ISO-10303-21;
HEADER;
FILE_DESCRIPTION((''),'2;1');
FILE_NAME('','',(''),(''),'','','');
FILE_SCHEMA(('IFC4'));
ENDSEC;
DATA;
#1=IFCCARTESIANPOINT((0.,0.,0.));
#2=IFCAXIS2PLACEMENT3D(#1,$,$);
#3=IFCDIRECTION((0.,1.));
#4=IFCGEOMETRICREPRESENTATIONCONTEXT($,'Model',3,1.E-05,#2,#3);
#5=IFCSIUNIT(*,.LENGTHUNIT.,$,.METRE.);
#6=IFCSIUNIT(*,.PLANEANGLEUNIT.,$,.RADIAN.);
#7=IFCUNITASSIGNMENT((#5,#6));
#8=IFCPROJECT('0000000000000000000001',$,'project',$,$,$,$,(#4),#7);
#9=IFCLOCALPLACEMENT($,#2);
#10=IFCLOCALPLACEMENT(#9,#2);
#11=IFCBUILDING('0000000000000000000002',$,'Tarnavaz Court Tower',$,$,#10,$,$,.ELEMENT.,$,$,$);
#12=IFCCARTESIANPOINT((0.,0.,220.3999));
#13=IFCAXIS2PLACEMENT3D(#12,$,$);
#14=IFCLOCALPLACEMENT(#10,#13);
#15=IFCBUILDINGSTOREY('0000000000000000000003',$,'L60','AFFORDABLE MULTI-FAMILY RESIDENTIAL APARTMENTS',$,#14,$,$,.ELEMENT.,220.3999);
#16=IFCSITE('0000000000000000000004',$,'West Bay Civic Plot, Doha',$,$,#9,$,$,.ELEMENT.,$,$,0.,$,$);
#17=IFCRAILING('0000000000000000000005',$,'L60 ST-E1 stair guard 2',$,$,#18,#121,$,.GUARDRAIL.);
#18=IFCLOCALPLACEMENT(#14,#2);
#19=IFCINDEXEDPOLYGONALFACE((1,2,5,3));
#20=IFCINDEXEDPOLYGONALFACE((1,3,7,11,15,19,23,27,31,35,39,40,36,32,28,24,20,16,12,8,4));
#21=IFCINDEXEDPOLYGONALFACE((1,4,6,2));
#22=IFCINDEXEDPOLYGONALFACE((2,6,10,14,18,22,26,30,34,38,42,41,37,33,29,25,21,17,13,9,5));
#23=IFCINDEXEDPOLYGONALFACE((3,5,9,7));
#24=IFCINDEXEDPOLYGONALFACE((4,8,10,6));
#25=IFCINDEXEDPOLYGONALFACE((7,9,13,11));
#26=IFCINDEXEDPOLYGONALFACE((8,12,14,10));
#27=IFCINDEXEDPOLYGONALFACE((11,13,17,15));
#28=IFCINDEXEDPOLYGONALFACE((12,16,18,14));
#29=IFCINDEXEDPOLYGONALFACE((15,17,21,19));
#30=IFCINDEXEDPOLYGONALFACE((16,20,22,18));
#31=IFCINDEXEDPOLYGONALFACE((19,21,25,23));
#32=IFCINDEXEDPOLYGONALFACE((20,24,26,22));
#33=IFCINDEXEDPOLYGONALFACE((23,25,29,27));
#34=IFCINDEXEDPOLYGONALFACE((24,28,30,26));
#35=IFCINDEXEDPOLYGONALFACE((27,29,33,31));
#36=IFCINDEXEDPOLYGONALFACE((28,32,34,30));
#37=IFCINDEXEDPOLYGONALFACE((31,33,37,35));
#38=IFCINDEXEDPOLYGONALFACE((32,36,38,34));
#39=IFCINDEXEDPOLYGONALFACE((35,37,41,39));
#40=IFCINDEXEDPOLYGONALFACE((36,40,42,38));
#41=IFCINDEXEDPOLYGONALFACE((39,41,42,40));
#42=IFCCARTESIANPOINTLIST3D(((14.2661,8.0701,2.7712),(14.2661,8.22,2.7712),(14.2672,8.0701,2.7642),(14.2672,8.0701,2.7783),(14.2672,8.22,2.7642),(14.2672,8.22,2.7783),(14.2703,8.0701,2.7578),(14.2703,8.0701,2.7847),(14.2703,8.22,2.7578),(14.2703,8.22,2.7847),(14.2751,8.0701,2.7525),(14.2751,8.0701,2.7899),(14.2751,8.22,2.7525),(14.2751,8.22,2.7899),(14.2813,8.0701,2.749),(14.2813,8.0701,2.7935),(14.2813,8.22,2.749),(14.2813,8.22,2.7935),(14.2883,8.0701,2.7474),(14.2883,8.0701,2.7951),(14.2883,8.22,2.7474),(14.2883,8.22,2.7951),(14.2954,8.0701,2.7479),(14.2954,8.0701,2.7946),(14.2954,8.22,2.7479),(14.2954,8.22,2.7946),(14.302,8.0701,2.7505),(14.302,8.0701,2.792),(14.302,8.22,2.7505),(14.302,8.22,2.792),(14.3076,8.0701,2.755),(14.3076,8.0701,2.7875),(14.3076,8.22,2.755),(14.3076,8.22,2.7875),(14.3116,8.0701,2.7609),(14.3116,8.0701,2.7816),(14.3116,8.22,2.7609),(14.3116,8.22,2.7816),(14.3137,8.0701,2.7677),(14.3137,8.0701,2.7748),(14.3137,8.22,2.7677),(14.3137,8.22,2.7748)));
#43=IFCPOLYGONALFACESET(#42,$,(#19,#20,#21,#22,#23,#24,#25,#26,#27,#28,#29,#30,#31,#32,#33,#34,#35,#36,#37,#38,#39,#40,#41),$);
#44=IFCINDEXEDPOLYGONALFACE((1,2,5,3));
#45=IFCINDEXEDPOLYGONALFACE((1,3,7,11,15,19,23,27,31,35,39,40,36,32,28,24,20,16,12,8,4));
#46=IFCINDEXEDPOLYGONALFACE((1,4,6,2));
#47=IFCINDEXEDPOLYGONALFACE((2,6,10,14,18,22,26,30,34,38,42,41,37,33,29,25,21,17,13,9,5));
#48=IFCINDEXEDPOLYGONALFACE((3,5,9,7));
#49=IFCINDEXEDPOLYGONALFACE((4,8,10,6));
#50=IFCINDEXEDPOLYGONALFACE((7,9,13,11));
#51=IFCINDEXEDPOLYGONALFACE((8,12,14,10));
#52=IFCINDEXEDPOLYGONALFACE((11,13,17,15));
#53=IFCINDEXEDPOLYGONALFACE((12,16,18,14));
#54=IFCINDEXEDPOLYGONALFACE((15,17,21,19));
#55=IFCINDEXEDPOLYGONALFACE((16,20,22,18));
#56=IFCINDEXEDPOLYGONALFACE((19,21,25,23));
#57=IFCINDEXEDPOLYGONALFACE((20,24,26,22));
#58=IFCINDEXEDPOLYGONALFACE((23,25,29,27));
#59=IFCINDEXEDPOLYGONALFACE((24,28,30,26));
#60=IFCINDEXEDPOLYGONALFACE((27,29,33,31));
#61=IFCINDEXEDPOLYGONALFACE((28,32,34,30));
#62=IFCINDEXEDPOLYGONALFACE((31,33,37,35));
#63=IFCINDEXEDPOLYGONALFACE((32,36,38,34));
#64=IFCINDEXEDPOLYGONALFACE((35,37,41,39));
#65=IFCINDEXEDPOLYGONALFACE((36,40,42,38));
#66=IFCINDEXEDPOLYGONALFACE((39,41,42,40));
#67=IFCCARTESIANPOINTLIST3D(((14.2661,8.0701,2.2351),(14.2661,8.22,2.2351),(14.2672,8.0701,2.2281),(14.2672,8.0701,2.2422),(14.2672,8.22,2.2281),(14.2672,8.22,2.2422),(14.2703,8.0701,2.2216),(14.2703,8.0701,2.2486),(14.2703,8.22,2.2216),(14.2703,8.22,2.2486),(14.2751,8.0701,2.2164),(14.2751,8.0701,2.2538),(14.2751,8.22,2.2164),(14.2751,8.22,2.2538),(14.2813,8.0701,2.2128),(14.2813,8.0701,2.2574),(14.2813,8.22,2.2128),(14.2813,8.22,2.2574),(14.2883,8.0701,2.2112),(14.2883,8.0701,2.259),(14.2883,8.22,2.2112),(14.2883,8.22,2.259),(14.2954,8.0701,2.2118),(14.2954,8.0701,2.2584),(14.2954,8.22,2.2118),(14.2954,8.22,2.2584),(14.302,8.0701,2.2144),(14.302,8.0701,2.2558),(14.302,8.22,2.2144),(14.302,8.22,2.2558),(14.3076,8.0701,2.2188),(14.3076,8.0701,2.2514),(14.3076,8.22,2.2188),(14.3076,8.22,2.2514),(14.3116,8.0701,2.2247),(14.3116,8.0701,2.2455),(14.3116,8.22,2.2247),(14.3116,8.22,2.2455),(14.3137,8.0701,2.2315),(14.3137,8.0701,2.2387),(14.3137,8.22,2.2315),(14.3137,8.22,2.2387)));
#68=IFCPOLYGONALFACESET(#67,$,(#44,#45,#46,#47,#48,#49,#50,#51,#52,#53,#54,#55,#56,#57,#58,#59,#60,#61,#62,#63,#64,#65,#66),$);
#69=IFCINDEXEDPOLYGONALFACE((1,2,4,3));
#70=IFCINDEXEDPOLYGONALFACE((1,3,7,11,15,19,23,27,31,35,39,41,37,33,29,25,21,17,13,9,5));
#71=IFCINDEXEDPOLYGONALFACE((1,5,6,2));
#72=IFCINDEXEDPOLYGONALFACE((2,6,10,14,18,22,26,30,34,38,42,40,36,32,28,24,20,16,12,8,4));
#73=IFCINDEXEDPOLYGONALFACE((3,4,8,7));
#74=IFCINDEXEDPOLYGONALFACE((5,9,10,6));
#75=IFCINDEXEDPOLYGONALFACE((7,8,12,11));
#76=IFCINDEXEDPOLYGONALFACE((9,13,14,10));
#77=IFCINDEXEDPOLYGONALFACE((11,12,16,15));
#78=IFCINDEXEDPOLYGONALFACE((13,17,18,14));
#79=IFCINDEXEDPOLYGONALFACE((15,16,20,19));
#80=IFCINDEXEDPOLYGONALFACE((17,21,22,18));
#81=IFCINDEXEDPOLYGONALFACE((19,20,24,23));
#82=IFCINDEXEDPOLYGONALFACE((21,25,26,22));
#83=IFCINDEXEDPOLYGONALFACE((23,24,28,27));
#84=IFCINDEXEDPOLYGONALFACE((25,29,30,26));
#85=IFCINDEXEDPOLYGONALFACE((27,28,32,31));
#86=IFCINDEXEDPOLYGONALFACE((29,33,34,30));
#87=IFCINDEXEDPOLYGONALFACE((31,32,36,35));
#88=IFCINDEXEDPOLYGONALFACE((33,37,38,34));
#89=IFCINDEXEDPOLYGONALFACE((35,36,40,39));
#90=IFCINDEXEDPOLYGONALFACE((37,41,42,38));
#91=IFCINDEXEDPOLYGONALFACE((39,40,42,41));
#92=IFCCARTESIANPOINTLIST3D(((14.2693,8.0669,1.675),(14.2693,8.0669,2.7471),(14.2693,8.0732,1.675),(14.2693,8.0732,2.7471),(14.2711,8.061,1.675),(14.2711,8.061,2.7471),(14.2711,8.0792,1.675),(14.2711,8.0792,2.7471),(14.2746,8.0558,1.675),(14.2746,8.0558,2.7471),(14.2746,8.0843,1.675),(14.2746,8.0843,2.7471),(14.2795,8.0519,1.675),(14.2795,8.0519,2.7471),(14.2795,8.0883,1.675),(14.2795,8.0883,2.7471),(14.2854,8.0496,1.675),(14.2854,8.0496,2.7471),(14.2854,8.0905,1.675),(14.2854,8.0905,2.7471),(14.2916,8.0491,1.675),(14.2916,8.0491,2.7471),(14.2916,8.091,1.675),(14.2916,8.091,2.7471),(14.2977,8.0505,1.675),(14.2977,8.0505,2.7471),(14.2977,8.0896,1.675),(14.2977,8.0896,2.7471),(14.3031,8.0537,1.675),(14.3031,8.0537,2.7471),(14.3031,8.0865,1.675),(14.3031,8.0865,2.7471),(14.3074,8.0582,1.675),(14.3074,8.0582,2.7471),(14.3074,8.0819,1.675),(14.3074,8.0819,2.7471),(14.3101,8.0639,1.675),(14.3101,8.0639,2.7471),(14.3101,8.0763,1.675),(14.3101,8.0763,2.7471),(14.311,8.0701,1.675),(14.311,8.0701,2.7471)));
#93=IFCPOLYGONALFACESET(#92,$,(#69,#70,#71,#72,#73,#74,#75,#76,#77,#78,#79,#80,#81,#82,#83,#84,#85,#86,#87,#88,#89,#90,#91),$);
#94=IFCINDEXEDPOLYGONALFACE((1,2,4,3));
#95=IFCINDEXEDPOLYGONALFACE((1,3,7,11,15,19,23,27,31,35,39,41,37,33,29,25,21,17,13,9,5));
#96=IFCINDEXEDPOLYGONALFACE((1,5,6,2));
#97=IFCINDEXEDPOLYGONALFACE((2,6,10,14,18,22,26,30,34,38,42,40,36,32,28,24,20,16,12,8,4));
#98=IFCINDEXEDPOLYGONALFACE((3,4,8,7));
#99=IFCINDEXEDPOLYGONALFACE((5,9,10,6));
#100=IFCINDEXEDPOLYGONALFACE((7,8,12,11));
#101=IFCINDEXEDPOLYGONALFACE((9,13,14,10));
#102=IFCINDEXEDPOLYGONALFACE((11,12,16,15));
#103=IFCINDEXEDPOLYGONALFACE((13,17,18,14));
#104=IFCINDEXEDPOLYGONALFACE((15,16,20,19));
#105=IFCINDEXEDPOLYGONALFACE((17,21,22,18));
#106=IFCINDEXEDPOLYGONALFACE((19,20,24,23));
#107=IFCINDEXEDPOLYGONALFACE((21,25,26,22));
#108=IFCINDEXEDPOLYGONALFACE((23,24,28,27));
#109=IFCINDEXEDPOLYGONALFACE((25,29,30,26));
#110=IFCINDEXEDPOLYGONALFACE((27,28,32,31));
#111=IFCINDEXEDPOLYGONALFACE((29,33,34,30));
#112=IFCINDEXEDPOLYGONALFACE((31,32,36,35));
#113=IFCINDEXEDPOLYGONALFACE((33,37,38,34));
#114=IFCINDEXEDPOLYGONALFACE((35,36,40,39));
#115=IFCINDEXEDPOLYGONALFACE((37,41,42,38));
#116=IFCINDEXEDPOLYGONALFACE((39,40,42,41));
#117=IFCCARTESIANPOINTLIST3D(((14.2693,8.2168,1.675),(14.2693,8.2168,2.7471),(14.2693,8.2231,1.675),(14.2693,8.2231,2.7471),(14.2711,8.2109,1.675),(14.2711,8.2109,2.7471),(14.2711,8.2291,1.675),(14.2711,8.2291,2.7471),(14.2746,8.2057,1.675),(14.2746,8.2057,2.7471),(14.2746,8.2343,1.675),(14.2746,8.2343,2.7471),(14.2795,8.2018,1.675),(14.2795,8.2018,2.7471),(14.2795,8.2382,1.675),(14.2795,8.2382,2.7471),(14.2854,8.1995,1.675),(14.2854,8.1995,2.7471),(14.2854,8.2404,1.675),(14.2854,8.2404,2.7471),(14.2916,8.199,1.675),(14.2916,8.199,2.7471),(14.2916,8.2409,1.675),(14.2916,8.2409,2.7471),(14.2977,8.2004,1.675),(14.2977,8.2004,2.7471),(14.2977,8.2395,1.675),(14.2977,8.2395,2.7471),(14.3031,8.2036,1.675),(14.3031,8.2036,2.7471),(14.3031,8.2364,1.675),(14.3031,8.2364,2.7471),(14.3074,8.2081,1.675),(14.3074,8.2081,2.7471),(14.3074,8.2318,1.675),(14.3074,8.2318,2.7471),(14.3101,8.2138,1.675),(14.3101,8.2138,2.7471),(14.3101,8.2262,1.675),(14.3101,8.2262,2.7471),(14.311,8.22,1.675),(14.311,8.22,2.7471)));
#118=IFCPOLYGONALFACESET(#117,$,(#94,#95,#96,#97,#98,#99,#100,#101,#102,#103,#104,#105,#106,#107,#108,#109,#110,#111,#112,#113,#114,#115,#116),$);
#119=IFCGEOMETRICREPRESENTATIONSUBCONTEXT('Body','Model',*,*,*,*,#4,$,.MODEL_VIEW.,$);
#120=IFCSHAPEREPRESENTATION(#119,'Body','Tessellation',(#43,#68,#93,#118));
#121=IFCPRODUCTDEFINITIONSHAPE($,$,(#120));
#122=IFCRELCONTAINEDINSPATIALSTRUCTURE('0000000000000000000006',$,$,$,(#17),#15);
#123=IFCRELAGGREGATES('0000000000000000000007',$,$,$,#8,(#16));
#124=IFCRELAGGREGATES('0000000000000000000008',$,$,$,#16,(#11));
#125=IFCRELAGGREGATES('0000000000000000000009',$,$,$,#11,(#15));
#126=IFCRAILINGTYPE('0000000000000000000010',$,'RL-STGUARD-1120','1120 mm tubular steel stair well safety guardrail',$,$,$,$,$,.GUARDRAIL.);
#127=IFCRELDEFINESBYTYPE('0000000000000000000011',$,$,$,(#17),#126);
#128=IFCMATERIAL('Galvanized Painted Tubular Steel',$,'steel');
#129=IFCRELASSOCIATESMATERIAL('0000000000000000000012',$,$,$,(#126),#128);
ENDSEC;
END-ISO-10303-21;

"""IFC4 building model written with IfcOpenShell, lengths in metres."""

from ifc_helpers import new_model, si_unit, direction, frame, origin, origin_2d, place, context, subcontext, project, spatial, circle, extrude, material, type_object, element, save


model = new_model("IFC4")

# Units and contexts
model_context = context("Model", 3, precision=1e-05, world=origin(), true_north=direction((0.0, 1.0)))
body_context = subcontext(model_context, "Body", "Model", "MODEL_VIEW")
ifc_project = project(units=[si_unit("LENGTHUNIT", "METRE"), si_unit("PLANEANGLEUNIT", "RADIAN")], contexts=[model_context])

# Site, building, storey
site_placement = place(None, origin())
site = spatial("IfcSite", under=ifc_project, at=site_placement, Name="West Bay Civic Plot, Doha", CompositionType="ELEMENT", RefElevation=0.0)
building_placement = place(site_placement, origin())
building = spatial("IfcBuilding", under=site, at=building_placement, Name="Tarnavaz Court Tower", CompositionType="ELEMENT")
storey_placement = place(building_placement, frame((0.0, 0.0, 220.3999)))
storey = spatial("IfcBuildingStorey", under=building, at=storey_placement, Name="L60", Description="AFFORDABLE MULTI-FAMILY RESIDENTIAL APARTMENTS", CompositionType="ELEMENT", Elevation=220.3999)

# Railing
ifc_material_1 = material(Name="Galvanized Painted Tubular Steel", Category="steel")
railing_type_1 = type_object("IfcRailingType", Name="RL-STGUARD-1120", Description="1120 mm tubular steel stair well safety guardrail", PredefinedType="GUARDRAIL", material=ifc_material_1)
railing_1_placement = place(storey_placement, frame((14.29, 8.0701, 1.675)))
element("IfcRailing", 1, at=railing_1_placement, inside=storey, type_object=railing_type_1, Name="L60 ST-E1 stair guard 2", PredefinedType="GUARDRAIL", context=body_context, shape_type="SweptSolid", body=[
    extrude(circle(Radius=0.0239, at=origin_2d()), frame((0.0, 0.0, 1.0962), z_axis=(0.0, 1.0, 0.0), x_axis=(-1.0, 0.0, 0.0)), (0.0, 0.0, 1.0), 0.1499),
    extrude(circle(Radius=0.0239, at=origin_2d()), frame((0.0, 0.0, 0.5601), z_axis=(0.0, 1.0, 0.0), x_axis=(-1.0, 0.0, 0.0)), (0.0, 0.0, 1.0), 0.1499),
    extrude(circle(Radius=0.021, at=origin_2d()), origin(), (0.0, 0.0, 1.0), 1.072),
    extrude(circle(Radius=0.021, at=origin_2d()), frame((0.0, 0.1499, 0.0)), (0.0, 0.0, 1.0), 1.072),
])

save(model, "model.ifc")
